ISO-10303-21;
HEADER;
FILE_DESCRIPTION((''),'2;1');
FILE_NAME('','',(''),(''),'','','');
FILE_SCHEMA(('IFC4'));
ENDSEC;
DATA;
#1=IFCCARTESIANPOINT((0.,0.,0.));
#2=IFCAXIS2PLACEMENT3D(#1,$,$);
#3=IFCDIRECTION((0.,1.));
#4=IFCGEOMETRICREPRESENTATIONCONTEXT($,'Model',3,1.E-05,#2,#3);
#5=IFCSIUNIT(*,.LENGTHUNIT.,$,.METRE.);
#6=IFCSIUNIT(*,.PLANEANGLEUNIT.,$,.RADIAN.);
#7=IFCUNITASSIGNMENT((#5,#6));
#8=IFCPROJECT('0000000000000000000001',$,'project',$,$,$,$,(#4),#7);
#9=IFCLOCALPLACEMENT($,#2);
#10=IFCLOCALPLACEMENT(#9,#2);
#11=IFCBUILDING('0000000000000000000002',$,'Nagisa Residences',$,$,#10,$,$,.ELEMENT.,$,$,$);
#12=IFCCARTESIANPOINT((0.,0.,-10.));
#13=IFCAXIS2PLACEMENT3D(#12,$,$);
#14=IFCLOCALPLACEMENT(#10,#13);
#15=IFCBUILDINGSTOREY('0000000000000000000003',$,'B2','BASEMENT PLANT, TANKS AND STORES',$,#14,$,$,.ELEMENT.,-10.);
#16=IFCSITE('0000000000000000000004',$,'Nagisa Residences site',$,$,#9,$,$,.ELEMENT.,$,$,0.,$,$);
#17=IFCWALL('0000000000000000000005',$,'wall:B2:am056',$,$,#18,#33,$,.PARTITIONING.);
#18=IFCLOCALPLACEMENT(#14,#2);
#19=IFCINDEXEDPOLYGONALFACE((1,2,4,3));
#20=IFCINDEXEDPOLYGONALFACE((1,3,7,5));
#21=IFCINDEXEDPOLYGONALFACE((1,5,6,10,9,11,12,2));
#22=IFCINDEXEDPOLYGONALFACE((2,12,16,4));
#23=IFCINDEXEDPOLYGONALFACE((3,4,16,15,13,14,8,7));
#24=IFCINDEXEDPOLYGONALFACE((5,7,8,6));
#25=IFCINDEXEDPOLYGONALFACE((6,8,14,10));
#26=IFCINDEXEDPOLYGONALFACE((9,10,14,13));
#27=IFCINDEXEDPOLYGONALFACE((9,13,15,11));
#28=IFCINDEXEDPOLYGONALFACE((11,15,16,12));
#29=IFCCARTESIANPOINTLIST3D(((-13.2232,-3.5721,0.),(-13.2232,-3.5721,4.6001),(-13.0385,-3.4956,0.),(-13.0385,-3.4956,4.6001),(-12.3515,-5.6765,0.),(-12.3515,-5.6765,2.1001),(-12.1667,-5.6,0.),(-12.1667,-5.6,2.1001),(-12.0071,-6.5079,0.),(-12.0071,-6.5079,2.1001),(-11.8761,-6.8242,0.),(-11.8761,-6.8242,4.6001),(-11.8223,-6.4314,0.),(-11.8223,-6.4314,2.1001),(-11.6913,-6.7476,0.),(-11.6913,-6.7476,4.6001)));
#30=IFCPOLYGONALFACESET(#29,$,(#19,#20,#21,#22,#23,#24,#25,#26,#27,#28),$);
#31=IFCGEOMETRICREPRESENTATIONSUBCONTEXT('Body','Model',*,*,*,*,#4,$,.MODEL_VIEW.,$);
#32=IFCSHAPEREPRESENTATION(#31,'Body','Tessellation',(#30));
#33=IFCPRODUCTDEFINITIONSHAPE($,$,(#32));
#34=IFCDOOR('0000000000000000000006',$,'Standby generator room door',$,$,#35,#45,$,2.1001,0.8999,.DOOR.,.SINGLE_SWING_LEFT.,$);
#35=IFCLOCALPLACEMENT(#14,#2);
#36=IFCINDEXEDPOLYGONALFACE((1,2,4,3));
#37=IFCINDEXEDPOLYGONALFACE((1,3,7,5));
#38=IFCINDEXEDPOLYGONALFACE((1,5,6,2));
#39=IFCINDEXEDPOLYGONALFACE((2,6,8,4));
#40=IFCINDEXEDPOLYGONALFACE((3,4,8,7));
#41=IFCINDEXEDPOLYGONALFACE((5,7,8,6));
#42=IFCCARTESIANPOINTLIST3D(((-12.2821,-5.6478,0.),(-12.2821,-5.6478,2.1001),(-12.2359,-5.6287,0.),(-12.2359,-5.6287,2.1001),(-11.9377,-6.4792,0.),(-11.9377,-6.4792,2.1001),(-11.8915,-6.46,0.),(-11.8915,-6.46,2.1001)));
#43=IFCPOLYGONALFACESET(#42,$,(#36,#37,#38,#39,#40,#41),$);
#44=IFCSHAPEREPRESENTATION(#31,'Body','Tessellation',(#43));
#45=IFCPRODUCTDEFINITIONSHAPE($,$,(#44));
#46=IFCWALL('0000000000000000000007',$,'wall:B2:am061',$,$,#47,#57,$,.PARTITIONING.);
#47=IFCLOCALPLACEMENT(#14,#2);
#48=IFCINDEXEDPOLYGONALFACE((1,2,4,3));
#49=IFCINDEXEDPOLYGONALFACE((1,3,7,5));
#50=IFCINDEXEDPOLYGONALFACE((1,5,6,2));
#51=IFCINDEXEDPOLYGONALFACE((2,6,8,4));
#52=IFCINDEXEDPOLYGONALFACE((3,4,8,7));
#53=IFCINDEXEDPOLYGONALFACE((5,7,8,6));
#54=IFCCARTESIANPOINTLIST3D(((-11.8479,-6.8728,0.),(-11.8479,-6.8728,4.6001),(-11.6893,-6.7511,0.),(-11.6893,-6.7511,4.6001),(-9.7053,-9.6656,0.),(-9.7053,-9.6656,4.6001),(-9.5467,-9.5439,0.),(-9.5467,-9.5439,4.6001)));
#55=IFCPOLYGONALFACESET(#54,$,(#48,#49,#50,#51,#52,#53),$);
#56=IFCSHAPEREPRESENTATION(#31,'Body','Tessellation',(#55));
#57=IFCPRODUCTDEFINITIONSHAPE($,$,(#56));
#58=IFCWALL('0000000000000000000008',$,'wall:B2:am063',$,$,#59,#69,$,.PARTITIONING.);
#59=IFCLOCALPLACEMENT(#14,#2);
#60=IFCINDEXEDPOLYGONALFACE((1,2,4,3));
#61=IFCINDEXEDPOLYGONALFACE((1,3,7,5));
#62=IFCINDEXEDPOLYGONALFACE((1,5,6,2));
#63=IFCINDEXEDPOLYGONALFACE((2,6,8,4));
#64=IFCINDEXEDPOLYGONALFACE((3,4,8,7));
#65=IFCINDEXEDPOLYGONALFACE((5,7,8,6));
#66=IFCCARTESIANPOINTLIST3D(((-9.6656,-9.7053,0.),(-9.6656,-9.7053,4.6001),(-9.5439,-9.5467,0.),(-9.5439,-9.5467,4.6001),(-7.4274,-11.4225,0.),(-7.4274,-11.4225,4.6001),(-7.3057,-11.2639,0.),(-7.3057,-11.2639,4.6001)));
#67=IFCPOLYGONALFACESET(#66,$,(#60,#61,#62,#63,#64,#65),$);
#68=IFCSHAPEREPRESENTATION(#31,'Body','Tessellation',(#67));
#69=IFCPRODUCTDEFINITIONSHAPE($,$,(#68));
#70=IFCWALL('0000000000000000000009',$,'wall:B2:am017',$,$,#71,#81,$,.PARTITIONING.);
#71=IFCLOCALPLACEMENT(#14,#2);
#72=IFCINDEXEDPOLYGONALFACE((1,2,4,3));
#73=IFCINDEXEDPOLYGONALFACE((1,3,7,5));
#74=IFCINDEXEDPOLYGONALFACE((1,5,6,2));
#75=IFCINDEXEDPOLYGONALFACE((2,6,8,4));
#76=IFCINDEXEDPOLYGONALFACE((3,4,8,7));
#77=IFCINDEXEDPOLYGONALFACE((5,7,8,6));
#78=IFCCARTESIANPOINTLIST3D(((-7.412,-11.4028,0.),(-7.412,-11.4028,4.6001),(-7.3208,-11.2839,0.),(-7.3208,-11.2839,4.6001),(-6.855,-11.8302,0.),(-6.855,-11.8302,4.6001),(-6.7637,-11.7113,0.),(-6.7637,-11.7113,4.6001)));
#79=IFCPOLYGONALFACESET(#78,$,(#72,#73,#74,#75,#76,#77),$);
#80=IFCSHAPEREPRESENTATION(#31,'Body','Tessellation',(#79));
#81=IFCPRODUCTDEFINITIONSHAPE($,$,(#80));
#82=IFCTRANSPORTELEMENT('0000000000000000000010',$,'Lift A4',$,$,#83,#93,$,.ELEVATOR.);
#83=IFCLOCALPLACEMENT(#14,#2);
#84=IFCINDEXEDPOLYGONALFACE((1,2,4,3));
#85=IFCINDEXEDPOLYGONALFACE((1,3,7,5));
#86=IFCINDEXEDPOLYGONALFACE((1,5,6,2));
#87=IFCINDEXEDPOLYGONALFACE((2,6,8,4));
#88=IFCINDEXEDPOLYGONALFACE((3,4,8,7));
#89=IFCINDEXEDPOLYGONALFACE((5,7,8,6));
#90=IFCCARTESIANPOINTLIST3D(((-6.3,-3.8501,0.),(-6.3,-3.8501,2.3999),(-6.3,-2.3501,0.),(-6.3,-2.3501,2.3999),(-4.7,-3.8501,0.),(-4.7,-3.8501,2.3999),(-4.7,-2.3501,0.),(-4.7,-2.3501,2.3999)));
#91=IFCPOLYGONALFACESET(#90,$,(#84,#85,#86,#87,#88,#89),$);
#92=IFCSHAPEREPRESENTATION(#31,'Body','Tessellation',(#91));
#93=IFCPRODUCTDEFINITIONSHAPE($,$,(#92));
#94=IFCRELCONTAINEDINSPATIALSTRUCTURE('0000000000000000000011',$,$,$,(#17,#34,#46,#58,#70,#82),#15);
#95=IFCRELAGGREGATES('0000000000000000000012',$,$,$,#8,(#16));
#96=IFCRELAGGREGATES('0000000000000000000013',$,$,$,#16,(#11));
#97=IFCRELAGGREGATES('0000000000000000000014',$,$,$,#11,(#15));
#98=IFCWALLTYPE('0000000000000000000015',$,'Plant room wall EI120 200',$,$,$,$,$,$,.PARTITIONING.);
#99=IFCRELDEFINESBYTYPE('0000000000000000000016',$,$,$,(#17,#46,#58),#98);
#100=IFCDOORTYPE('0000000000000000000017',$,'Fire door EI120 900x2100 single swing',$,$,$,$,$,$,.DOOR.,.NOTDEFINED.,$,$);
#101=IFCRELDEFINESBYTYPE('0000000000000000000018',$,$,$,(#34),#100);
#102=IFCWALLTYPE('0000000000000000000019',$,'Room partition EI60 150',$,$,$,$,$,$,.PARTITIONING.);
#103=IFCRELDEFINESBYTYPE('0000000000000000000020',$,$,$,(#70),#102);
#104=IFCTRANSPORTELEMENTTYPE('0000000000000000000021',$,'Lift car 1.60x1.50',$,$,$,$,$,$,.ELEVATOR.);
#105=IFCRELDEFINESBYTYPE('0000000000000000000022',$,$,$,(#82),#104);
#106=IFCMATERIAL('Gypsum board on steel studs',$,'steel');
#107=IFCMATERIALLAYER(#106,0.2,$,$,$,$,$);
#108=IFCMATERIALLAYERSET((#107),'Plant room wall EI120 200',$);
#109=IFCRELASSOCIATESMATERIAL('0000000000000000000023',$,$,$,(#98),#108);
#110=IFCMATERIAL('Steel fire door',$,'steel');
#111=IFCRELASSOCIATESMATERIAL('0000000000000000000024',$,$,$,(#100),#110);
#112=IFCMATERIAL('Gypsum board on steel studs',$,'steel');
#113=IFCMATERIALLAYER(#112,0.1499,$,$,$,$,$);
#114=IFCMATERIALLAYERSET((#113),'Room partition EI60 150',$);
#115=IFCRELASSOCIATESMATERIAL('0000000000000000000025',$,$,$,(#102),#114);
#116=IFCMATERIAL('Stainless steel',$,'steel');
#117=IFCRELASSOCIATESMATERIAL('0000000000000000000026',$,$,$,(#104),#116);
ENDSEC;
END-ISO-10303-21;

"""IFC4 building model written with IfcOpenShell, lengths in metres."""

from ifc_helpers import new_model, si_unit, direction, frame, frame_2d, origin, origin_2d, place, context, subcontext, project, spatial, rectangle, extrude, material, layer, layer_set, type_object, element, fill, save


model = new_model("IFC4")

# Units and contexts
model_context = context("Model", 3, precision=1e-05, world=origin(), true_north=direction((0.0, 1.0)))
body_context = subcontext(model_context, "Body", "Model", "MODEL_VIEW")
ifc_project = project(units=[si_unit("LENGTHUNIT", "METRE"), si_unit("PLANEANGLEUNIT", "RADIAN")], contexts=[model_context])

# Site, building, storey
site_placement = place(None, origin())
site = spatial("IfcSite", under=ifc_project, at=site_placement, Name="Nagisa Residences site", CompositionType="ELEMENT", RefElevation=0.0)
building_placement = place(site_placement, origin())
building = spatial("IfcBuilding", under=site, at=building_placement, Name="Nagisa Residences", CompositionType="ELEMENT")
storey_placement = place(building_placement, frame((0.0, 0.0, -10.0)))
storey = spatial("IfcBuildingStorey", under=building, at=storey_placement, Name="B2", Description="BASEMENT PLANT, TANKS AND STORES", CompositionType="ELEMENT", Elevation=-10.0)

# Wall, opening, door
ifc_material_1 = material(Name="Gypsum board on steel studs", Category="steel")
ifc_layer_1 = layer(ifc_material_1, 0.2)
ifc_layer_set_1 = layer_set([ifc_layer_1], Name="Plant room wall EI120 200")
wall_type_1 = type_object("IfcWallType", Name="Plant room wall EI120 200", PredefinedType="PARTITIONING", material=ifc_layer_set_1)
wall_1_placement = place(storey_placement, frame((-11.7837, -6.7859, 0.0), z_axis=(0.0, 0.0, 1.0), x_axis=(-0.382723, 0.923863, 0.0)))
wall_1 = element("IfcWall", 1, at=wall_1_placement, inside=storey, type_object=wall_type_1, Name="wall:B2:am056", PredefinedType="PARTITIONING", context=body_context, shape_type="SweptSolid", body=[
    extrude(rectangle(XDim=3.52, YDim=0.2, at=frame_2d((1.76, 0.0))), origin(), (0.0, 0.0, 1.0), 4.6001),
])
opening_1_placement = place(wall_1_placement, frame((0.3423, 0.0, 0.0)))
opening_1 = element("IfcOpeningElement", 2, at=opening_1_placement, cuts=wall_1, PredefinedType="OPENING", context=body_context, shape_type="SweptSolid", body=[
    extrude(rectangle(XDim=0.8999, YDim=2.1001, at=frame_2d((0.45, 1.05))), frame((0.0, 0.1099, 0.0), z_axis=(0.0, -1.0, 0.0), x_axis=(1.0, 0.0, 0.0)), (0.0, 0.0, 1.0), 0.22),
])
ifc_material_2 = material(Name="Steel fire door", Category="steel")
door_type_1 = type_object("IfcDoorType", Name="Fire door EI120 900x2100 single swing", OperationType="NOTDEFINED", PredefinedType="DOOR", material=ifc_material_2)
door_1_placement = place(opening_1_placement, origin())
door_1 = element("IfcDoor", 3, at=door_1_placement, inside=storey, type_object=door_type_1, Name="Standby generator room door", OperationType="SINGLE_SWING_LEFT", OverallHeight=2.1001, OverallWidth=0.8999, PredefinedType="DOOR", context=body_context, shape_type="SweptSolid", body=[
    extrude(rectangle(XDim=0.8999, YDim=2.1001, at=frame_2d((0.45, 1.05))), frame((0.0, 0.0249, 0.0), z_axis=(0.0, -1.0, 0.0), x_axis=(1.0, 0.0, 0.0)), (0.0, 0.0, 1.0), 0.05),
])
fill(opening_1, door_1)

# Walls
wall_2_placement = place(storey_placement, frame((-9.626, -9.6047, 0.0), z_axis=(0.0, 0.0, 1.0), x_axis=(-0.608698, 0.793402, 0.0)))
element("IfcWall", 4, at=wall_2_placement, inside=storey, type_object=wall_type_1, Name="wall:B2:am061", PredefinedType="PARTITIONING", context=body_context, shape_type="SweptSolid", body=[
    extrude(rectangle(XDim=3.52, YDim=0.2, at=frame_2d((1.76, 0.0))), origin(), (0.0, 0.0, 1.0), 4.6001),
])
wall_3_placement = place(storey_placement, frame((-7.3665, -11.3433, 0.0), z_axis=(0.0, 0.0, 1.0), x_axis=(-0.793389, 0.608715, 0.0)))
element("IfcWall", 5, at=wall_3_placement, inside=storey, type_object=wall_type_1, Name="wall:B2:am063", PredefinedType="PARTITIONING", context=body_context, shape_type="SweptSolid", body=[
    extrude(rectangle(XDim=2.821, YDim=0.2, at=frame_2d((1.4106, 0.0))), origin(), (0.0, 0.0, 1.0), 4.6001),
])
ifc_material_3 = material(Name="Gypsum board on steel studs", Category="steel")
ifc_layer_2 = layer(ifc_material_3, 0.1499)
ifc_layer_set_2 = layer_set([ifc_layer_2], Name="Room partition EI60 150")
wall_type_2 = type_object("IfcWallType", Name="Room partition EI60 150", PredefinedType="PARTITIONING", material=ifc_layer_set_2)
wall_4_placement = place(storey_placement, frame((-6.8093, -11.7708, 0.0), z_axis=(0.0, 0.0, 1.0), x_axis=(-0.79336, 0.608753, 0.0)))
element("IfcWall", 6, at=wall_4_placement, inside=storey, type_object=wall_type_2, Name="wall:B2:am017", PredefinedType="PARTITIONING", context=body_context, shape_type="SweptSolid", body=[
    extrude(rectangle(XDim=0.7021, YDim=0.1499, at=frame_2d((0.3511, 0.0))), origin(), (0.0, 0.0, 1.0), 4.6001),
])

# Transport element
ifc_material_4 = material(Name="Stainless steel", Category="steel")
transport_element_type = type_object("IfcTransportElementType", Name="Lift car 1.60x1.50", PredefinedType="ELEVATOR", material=ifc_material_4)
transport_element_placement = place(storey_placement, frame((-5.5, -3.1001, 0.0), z_axis=(0.0, 0.0, 1.0), x_axis=(1.0, 0.0, 0.0)))
element("IfcTransportElement", 7, at=transport_element_placement, inside=storey, type_object=transport_element_type, Name="Lift A4", PredefinedType="ELEVATOR", context=body_context, shape_type="SweptSolid", body=[
    extrude(rectangle(XDim=1.6001, YDim=1.5, at=origin_2d()), origin(), (0.0, 0.0, 1.0), 2.3999),
])

save(model, "model.ifc")
